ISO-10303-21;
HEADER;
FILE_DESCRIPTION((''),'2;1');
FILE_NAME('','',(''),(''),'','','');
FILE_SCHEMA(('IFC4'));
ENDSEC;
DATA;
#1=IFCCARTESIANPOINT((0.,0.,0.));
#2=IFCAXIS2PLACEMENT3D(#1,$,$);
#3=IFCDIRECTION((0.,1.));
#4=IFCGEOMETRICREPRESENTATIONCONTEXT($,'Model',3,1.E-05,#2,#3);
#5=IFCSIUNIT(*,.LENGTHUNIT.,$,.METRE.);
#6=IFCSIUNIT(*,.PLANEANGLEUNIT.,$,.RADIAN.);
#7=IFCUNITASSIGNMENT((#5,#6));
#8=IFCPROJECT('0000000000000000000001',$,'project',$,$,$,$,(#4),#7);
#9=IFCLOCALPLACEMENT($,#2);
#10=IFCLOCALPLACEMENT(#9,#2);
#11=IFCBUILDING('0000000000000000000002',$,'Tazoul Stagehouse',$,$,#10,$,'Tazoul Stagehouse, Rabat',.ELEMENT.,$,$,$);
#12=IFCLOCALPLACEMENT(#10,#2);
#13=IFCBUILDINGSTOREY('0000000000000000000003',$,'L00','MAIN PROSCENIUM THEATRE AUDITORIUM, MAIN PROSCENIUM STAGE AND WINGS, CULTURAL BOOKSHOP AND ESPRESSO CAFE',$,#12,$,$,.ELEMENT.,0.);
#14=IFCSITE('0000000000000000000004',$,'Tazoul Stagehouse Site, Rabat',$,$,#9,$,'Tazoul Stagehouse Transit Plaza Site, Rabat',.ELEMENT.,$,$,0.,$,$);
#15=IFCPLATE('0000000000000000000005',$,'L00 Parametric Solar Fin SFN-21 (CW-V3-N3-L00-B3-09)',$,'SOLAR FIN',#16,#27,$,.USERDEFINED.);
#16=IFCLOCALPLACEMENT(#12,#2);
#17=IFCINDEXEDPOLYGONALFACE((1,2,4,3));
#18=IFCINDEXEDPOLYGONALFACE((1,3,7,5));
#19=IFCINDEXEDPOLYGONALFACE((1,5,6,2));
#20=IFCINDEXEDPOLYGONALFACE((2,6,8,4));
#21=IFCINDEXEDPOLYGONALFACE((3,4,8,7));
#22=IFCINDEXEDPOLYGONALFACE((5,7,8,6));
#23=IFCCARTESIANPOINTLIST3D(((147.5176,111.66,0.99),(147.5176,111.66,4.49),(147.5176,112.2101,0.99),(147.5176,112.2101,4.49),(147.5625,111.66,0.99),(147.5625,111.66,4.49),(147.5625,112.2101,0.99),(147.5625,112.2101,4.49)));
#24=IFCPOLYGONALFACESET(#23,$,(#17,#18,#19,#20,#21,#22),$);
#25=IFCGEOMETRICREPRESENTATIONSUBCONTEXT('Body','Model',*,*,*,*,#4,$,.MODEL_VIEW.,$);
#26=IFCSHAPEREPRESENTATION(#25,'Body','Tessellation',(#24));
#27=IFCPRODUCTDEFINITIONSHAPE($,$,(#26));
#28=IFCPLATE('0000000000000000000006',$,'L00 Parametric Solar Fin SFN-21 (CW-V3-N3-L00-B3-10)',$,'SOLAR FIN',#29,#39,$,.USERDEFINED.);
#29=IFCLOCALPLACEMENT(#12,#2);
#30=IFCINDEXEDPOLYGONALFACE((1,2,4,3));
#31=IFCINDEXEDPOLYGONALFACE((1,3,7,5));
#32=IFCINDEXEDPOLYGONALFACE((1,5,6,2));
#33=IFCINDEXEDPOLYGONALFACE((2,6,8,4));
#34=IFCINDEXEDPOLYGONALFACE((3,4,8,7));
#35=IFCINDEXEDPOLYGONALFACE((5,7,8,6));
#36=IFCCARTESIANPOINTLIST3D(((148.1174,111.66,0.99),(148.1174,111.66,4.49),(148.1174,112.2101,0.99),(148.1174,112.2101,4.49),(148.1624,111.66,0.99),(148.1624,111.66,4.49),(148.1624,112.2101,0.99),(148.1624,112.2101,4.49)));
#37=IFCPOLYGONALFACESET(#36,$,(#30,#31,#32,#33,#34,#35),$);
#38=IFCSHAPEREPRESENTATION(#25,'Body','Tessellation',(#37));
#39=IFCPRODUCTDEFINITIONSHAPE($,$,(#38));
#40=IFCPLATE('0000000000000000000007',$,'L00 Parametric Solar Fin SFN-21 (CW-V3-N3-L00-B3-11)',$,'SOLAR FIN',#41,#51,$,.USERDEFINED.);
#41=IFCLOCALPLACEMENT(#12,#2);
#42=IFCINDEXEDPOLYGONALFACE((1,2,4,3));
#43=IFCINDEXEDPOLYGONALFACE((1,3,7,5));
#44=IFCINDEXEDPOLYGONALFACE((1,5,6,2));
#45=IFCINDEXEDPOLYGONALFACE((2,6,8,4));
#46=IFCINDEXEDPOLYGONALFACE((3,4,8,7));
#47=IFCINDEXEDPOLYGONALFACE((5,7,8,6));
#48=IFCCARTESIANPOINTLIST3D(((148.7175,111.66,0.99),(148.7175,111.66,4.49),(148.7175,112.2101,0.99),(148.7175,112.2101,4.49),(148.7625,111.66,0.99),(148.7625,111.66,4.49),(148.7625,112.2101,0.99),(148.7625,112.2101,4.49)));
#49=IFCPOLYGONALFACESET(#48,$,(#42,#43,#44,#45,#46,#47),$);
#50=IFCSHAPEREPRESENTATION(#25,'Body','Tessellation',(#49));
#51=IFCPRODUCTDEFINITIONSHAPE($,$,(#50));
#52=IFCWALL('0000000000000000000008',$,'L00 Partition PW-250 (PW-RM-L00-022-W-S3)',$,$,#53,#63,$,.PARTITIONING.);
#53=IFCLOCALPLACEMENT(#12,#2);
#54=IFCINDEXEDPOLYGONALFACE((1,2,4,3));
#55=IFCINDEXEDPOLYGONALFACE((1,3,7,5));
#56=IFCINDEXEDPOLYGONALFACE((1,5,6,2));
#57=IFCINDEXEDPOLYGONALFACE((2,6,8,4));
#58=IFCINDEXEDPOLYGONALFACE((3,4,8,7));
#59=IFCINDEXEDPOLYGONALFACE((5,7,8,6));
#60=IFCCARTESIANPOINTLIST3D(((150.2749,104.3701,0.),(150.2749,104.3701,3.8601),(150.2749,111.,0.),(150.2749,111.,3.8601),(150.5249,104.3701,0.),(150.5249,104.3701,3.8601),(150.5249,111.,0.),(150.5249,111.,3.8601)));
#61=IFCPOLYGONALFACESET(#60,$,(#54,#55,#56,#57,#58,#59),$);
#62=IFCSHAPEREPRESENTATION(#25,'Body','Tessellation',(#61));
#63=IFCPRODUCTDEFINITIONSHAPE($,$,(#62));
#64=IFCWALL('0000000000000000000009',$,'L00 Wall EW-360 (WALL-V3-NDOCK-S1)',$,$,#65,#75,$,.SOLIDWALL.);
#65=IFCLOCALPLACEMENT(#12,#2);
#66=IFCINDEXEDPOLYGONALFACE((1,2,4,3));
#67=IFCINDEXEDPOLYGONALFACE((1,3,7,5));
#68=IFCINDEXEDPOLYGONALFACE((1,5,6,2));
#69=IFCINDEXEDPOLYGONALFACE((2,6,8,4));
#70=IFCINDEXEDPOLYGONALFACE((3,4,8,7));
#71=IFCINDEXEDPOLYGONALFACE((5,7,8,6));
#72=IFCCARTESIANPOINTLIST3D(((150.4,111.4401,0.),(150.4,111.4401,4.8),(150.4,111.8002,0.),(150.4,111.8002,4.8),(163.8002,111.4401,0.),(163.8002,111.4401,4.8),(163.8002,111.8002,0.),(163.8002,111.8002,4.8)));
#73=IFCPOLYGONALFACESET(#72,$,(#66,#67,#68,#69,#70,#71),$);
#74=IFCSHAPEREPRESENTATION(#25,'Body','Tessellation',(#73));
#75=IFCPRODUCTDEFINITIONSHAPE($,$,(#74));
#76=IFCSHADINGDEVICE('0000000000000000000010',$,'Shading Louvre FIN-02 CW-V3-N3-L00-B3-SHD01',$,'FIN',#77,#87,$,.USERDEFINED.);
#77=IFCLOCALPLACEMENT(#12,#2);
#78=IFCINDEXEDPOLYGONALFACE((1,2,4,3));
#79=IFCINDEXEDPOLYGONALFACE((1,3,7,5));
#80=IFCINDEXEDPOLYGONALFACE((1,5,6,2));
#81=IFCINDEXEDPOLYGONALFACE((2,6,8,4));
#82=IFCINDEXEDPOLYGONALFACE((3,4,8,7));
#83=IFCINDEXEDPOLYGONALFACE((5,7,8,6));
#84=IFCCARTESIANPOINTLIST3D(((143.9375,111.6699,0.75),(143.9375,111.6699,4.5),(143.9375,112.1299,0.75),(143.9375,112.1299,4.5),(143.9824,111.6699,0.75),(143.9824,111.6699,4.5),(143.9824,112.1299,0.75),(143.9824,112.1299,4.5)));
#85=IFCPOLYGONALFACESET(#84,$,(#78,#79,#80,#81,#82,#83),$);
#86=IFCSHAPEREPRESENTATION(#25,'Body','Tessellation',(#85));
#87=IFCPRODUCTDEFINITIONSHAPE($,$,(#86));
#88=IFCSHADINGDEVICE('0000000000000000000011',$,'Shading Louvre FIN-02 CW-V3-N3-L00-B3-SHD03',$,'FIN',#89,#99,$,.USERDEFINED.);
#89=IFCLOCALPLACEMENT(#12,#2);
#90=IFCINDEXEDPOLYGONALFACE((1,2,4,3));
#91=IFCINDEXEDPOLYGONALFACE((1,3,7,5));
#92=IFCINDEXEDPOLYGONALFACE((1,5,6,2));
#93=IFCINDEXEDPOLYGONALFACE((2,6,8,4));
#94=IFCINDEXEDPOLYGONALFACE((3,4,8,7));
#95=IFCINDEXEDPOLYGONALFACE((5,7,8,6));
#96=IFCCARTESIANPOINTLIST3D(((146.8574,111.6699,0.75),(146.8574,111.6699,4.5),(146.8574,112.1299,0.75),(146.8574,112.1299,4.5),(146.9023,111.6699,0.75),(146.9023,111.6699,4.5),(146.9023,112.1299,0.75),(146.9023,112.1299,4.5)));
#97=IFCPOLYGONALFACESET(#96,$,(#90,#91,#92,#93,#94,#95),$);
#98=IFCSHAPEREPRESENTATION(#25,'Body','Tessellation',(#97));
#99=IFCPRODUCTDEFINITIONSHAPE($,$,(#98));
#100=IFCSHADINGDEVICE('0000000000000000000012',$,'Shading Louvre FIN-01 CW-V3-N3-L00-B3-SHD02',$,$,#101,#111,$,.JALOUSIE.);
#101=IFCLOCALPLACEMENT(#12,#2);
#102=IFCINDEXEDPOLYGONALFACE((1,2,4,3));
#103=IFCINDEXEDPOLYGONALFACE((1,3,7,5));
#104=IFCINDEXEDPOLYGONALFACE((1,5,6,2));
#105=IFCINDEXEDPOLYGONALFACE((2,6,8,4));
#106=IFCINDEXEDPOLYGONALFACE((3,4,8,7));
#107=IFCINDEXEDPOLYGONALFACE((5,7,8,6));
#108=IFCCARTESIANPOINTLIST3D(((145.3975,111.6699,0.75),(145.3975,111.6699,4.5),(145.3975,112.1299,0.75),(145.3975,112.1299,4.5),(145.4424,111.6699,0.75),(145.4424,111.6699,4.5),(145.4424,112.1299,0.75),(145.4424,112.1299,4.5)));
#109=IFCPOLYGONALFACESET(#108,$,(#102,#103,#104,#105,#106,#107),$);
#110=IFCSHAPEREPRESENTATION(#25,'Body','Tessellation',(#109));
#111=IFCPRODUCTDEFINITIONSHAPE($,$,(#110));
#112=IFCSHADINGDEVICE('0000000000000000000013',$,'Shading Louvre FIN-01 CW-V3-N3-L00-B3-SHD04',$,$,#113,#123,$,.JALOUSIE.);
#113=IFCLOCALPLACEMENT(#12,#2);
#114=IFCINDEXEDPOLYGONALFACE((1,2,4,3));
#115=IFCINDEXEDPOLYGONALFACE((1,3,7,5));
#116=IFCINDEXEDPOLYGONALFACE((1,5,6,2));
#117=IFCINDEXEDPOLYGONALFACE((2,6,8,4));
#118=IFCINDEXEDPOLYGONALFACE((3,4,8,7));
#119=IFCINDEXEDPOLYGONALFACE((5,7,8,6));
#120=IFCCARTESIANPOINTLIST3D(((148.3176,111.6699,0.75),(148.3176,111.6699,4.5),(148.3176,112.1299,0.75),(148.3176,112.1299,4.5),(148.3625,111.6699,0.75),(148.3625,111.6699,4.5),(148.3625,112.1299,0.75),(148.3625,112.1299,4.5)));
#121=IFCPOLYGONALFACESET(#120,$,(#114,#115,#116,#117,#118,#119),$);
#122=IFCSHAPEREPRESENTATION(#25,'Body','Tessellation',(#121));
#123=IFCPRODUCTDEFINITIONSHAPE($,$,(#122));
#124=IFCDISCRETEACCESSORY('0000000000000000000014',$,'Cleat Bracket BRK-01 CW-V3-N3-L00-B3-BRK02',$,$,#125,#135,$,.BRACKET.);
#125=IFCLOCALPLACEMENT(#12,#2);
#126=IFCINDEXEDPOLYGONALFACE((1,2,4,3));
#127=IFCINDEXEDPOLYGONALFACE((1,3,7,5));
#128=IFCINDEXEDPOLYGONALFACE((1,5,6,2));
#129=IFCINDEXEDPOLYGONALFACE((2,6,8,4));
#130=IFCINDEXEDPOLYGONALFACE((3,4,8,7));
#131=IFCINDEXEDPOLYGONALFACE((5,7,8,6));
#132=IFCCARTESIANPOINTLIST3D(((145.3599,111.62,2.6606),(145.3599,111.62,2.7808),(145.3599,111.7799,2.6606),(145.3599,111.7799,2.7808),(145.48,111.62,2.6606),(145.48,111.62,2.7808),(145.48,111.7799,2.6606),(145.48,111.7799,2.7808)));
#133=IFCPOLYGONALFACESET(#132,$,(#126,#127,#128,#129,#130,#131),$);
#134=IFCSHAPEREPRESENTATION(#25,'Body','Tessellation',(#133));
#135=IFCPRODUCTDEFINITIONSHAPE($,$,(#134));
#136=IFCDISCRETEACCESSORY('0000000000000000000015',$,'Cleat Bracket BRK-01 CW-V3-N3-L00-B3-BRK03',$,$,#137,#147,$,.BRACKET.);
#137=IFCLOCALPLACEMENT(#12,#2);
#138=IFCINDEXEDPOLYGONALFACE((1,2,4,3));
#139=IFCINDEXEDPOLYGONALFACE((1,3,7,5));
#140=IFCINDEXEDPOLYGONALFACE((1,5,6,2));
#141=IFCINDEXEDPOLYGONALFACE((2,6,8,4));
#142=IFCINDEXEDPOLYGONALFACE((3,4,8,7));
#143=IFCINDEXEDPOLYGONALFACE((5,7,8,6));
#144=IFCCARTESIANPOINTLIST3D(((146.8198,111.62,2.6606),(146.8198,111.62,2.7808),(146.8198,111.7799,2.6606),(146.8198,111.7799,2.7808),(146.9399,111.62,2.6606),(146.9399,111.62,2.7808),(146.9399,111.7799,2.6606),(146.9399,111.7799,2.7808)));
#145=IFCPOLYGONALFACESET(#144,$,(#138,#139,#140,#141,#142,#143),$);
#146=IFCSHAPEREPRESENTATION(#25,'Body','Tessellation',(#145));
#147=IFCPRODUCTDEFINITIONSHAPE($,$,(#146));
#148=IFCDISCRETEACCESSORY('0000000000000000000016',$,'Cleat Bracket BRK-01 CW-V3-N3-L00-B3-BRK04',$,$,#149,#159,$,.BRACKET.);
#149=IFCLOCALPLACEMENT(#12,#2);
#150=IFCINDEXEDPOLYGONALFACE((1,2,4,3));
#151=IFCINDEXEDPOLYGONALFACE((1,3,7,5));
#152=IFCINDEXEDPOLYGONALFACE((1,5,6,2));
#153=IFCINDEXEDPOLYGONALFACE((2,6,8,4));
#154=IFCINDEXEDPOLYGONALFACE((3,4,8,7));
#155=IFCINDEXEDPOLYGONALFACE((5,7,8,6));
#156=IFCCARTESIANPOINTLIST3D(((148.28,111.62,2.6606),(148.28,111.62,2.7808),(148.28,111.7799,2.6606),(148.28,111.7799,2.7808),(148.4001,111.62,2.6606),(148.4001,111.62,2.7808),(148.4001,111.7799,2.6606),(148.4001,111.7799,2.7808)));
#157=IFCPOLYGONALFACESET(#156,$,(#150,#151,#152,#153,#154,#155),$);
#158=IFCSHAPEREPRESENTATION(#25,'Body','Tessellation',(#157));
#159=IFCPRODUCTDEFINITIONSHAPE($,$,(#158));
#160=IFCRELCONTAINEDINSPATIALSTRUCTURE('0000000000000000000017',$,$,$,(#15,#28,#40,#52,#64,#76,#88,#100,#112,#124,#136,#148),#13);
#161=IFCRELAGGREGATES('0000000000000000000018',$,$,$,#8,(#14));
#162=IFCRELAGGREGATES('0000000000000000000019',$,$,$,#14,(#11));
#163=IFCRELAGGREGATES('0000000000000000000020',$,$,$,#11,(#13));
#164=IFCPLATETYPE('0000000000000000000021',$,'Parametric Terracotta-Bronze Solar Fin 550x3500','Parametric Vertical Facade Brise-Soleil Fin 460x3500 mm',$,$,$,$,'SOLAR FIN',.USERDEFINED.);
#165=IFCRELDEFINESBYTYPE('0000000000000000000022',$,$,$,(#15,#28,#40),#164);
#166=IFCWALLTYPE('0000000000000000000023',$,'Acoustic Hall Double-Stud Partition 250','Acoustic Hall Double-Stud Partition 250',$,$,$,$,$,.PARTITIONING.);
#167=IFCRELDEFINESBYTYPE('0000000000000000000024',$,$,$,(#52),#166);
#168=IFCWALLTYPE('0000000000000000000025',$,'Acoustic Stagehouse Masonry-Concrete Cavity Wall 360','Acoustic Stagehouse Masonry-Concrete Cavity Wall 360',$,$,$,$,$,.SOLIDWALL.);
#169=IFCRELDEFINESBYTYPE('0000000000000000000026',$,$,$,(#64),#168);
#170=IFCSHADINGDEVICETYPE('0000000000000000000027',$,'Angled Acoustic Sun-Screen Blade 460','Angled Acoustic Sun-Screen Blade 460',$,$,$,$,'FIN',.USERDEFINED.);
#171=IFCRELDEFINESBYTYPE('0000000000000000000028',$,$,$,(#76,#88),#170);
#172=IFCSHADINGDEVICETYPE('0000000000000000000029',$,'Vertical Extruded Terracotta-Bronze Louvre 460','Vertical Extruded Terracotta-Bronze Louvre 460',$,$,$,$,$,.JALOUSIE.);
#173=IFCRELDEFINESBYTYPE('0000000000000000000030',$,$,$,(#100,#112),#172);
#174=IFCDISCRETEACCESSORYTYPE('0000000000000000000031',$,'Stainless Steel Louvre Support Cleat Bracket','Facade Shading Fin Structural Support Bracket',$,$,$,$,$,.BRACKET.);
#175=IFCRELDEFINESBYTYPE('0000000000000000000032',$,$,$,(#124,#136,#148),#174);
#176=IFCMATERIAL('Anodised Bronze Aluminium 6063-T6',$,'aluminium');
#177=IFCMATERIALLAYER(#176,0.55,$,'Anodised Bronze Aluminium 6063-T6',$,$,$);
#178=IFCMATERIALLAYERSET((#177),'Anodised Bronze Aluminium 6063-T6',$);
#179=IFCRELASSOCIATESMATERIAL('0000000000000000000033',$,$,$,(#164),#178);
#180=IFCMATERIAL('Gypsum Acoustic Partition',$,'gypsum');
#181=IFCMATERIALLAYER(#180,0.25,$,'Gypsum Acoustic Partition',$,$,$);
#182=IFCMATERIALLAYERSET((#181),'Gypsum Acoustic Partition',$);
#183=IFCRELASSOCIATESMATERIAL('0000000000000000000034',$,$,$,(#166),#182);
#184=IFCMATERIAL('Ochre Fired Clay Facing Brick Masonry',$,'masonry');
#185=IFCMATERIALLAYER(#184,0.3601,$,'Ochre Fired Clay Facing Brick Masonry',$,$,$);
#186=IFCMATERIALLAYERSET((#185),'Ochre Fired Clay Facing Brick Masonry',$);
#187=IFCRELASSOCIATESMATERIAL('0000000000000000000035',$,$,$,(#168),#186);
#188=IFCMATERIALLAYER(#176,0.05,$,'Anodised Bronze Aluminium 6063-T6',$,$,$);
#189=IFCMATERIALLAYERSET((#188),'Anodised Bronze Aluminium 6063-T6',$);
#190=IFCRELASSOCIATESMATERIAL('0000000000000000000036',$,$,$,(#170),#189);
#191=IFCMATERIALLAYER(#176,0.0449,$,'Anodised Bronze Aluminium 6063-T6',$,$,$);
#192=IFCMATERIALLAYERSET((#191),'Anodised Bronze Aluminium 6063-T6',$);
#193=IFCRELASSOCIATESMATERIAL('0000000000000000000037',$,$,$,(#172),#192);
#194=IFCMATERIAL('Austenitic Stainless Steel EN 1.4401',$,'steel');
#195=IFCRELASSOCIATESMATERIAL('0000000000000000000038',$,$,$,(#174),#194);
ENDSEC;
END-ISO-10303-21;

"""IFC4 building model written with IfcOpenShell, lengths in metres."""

from ifc_helpers import new_model, si_unit, direction, frame, frame_2d, origin, origin_2d, place, context, subcontext, project, spatial, rectangle, extrude, material, layer, layer_set, type_object, element, save


model = new_model("IFC4")

# Units and contexts
model_context = context("Model", 3, precision=1e-05, world=origin(), true_north=direction((0.0, 1.0)))
body_context = subcontext(model_context, "Body", "Model", "MODEL_VIEW")
ifc_project = project(units=[si_unit("LENGTHUNIT", "METRE"), si_unit("PLANEANGLEUNIT", "RADIAN")], contexts=[model_context])

# Site, building, storey
site_placement = place(None, origin())
site = spatial("IfcSite", under=ifc_project, at=site_placement, Name="Tazoul Stagehouse Site, Rabat", LongName="Tazoul Stagehouse Transit Plaza Site, Rabat", CompositionType="ELEMENT", RefElevation=0.0)
building_placement = place(site_placement, origin())
building = spatial("IfcBuilding", under=site, at=building_placement, Name="Tazoul Stagehouse", LongName="Tazoul Stagehouse, Rabat", CompositionType="ELEMENT")
storey_placement = place(building_placement, origin())
storey = spatial("IfcBuildingStorey", under=building, at=storey_placement, Name="L00", Description="MAIN PROSCENIUM THEATRE AUDITORIUM, MAIN PROSCENIUM STAGE AND WINGS, CULTURAL BOOKSHOP AND ESPRESSO CAFE", CompositionType="ELEMENT", Elevation=0.0)

# Plates
ifc_material_1 = material(Name="Anodised Bronze Aluminium 6063-T6", Category="aluminium")
ifc_layer_1 = layer(ifc_material_1, 0.55, Name="Anodised Bronze Aluminium 6063-T6")
ifc_layer_set_1 = layer_set([ifc_layer_1], Name="Anodised Bronze Aluminium 6063-T6")
plate_type = type_object("IfcPlateType", Name="Parametric Terracotta-Bronze Solar Fin 550x3500", Description="Parametric Vertical Facade Brise-Soleil Fin 460x3500 mm", ElementType="SOLAR FIN", PredefinedType="USERDEFINED", material=ifc_layer_set_1)
for number, where, z_axis, x_axis, name in (
    (1, (147.54, 111.9351, 0.99), (0.0, 0.0, 1.0), (1.0, 0.0, 0.0), "L00 Parametric Solar Fin SFN-21 (CW-V3-N3-L00-B3-09)"),
    (2, (148.1399, 111.9351, 0.99), (0.0, 0.0, 1.0), (1.0, 0.0, 0.0), "L00 Parametric Solar Fin SFN-21 (CW-V3-N3-L00-B3-10)"),
    (3, (148.74, 111.9351, 0.99), (0.0, 0.0, 1.0), (1.0, 0.0, 0.0), "L00 Parametric Solar Fin SFN-21 (CW-V3-N3-L00-B3-11)"),
):
    element("IfcPlate", number, at=place(storey_placement, frame(where, z_axis=z_axis, x_axis=x_axis)), inside=storey, type_object=plate_type, Name=name, ObjectType="SOLAR FIN", PredefinedType="USERDEFINED", context=body_context, shape_type="SweptSolid", body=[
        extrude(rectangle(XDim=0.0449, YDim=0.55, at=origin_2d()), origin(), (0.0, 0.0, 1.0), 3.5),
    ])

# Walls
ifc_material_2 = material(Name="Gypsum Acoustic Partition", Category="gypsum")
ifc_layer_2 = layer(ifc_material_2, 0.25, Name="Gypsum Acoustic Partition")
ifc_layer_set_2 = layer_set([ifc_layer_2], Name="Gypsum Acoustic Partition")
wall_type_1 = type_object("IfcWallType", Name="Acoustic Hall Double-Stud Partition 250", Description="Acoustic Hall Double-Stud Partition 250", PredefinedType="PARTITIONING", material=ifc_layer_set_2)
wall_1_placement = place(storey_placement, frame((150.3999, 104.3701, 0.0), z_axis=(0.0, 0.0, 1.0), x_axis=(0.0, 1.0, 0.0)))
element("IfcWall", 4, at=wall_1_placement, inside=storey, type_object=wall_type_1, Name="L00 Partition PW-250 (PW-RM-L00-022-W-S3)", PredefinedType="PARTITIONING", context=body_context, shape_type="SweptSolid", body=[
    extrude(rectangle(XDim=6.6299, YDim=0.25, at=frame_2d((3.3149, 0.0))), origin(), (0.0, 0.0, 1.0), 3.8601),
])
ifc_material_3 = material(Name="Ochre Fired Clay Facing Brick Masonry", Category="masonry")
ifc_layer_3 = layer(ifc_material_3, 0.3601, Name="Ochre Fired Clay Facing Brick Masonry")
ifc_layer_set_3 = layer_set([ifc_layer_3], Name="Ochre Fired Clay Facing Brick Masonry")
wall_type_2 = type_object("IfcWallType", Name="Acoustic Stagehouse Masonry-Concrete Cavity Wall 360", Description="Acoustic Stagehouse Masonry-Concrete Cavity Wall 360", PredefinedType="SOLIDWALL", material=ifc_layer_set_3)
wall_2_placement = place(storey_placement, frame((150.3999, 111.6201, 0.0), z_axis=(0.0, 0.0, 1.0), x_axis=(1.0, 0.0, 0.0)))
element("IfcWall", 5, at=wall_2_placement, inside=storey, type_object=wall_type_2, Name="L00 Wall EW-360 (WALL-V3-NDOCK-S1)", PredefinedType="SOLIDWALL", context=body_context, shape_type="SweptSolid", body=[
    extrude(rectangle(XDim=13.4001, YDim=0.3601, at=frame_2d((6.7002, 0.0))), origin(), (0.0, 0.0, 1.0), 4.8),
])

# Shading devices
ifc_layer_4 = layer(ifc_material_1, 0.05, Name="Anodised Bronze Aluminium 6063-T6")
ifc_layer_set_4 = layer_set([ifc_layer_4], Name="Anodised Bronze Aluminium 6063-T6")
shading_device_type_1 = type_object("IfcShadingDeviceType", Name="Angled Acoustic Sun-Screen Blade 460", Description="Angled Acoustic Sun-Screen Blade 460", ElementType="FIN", PredefinedType="USERDEFINED", material=ifc_layer_set_4)
for number, where, z_axis, x_axis, name in (
    (6, (143.96, 111.8999, 0.75), (0.0, 0.0, 1.0), (1.0, 0.0, 0.0), "Shading Louvre FIN-02 CW-V3-N3-L00-B3-SHD01"),
    (7, (146.8799, 111.8999, 0.75), (0.0, 0.0, 1.0), (1.0, 0.0, 0.0), "Shading Louvre FIN-02 CW-V3-N3-L00-B3-SHD03"),
):
    element("IfcShadingDevice", number, at=place(storey_placement, frame(where, z_axis=z_axis, x_axis=x_axis)), inside=storey, type_object=shading_device_type_1, Name=name, ObjectType="FIN", PredefinedType="USERDEFINED", context=body_context, shape_type="SweptSolid", body=[
        extrude(rectangle(XDim=0.0449, YDim=0.46, at=origin_2d()), origin(), (0.0, 0.0, 1.0), 3.75),
    ])
ifc_layer_5 = layer(ifc_material_1, 0.0449, Name="Anodised Bronze Aluminium 6063-T6")
ifc_layer_set_5 = layer_set([ifc_layer_5], Name="Anodised Bronze Aluminium 6063-T6")
shading_device_type_2 = type_object("IfcShadingDeviceType", Name="Vertical Extruded Terracotta-Bronze Louvre 460", Description="Vertical Extruded Terracotta-Bronze Louvre 460", PredefinedType="JALOUSIE", material=ifc_layer_set_5)
for number, where, z_axis, x_axis, name in (
    (8, (145.4199, 111.8999, 0.75), (0.0, 0.0, 1.0), (1.0, 0.0, 0.0), "Shading Louvre FIN-01 CW-V3-N3-L00-B3-SHD02"),
    (9, (148.3401, 111.8999, 0.75), (0.0, 0.0, 1.0), (1.0, 0.0, 0.0), "Shading Louvre FIN-01 CW-V3-N3-L00-B3-SHD04"),
):
    element("IfcShadingDevice", number, at=place(storey_placement, frame(where, z_axis=z_axis, x_axis=x_axis)), inside=storey, type_object=shading_device_type_2, Name=name, PredefinedType="JALOUSIE", context=body_context, shape_type="SweptSolid", body=[
        extrude(rectangle(XDim=0.0449, YDim=0.46, at=origin_2d()), origin(), (0.0, 0.0, 1.0), 3.75),
    ])

# Discrete accessories
ifc_material_4 = material(Name="Austenitic Stainless Steel EN 1.4401", Category="steel")
discrete_accessory_type = type_object("IfcDiscreteAccessoryType", Name="Stainless Steel Louvre Support Cleat Bracket", Description="Facade Shading Fin Structural Support Bracket", PredefinedType="BRACKET", material=ifc_material_4)
for number, where, z_axis, x_axis, name in (
    (10, (145.4199, 111.7, 2.6606), (0.0, 0.0, 1.0), (1.0, 0.0, 0.0), "Cleat Bracket BRK-01 CW-V3-N3-L00-B3-BRK02"),
    (11, (146.8799, 111.7, 2.6606), (0.0, 0.0, 1.0), (1.0, 0.0, 0.0), "Cleat Bracket BRK-01 CW-V3-N3-L00-B3-BRK03"),
    (12, (148.3401, 111.7, 2.6606), (0.0, 0.0, 1.0), (1.0, 0.0, 0.0), "Cleat Bracket BRK-01 CW-V3-N3-L00-B3-BRK04"),
):
    element("IfcDiscreteAccessory", number, at=place(storey_placement, frame(where, z_axis=z_axis, x_axis=x_axis)), inside=storey, type_object=discrete_accessory_type, Name=name, PredefinedType="BRACKET", context=body_context, shape_type="SweptSolid", body=[
        extrude(rectangle(XDim=0.1201, YDim=0.1599, at=origin_2d()), origin(), (0.0, 0.0, 1.0), 0.1201),
    ])

save(model, "model.ifc")
